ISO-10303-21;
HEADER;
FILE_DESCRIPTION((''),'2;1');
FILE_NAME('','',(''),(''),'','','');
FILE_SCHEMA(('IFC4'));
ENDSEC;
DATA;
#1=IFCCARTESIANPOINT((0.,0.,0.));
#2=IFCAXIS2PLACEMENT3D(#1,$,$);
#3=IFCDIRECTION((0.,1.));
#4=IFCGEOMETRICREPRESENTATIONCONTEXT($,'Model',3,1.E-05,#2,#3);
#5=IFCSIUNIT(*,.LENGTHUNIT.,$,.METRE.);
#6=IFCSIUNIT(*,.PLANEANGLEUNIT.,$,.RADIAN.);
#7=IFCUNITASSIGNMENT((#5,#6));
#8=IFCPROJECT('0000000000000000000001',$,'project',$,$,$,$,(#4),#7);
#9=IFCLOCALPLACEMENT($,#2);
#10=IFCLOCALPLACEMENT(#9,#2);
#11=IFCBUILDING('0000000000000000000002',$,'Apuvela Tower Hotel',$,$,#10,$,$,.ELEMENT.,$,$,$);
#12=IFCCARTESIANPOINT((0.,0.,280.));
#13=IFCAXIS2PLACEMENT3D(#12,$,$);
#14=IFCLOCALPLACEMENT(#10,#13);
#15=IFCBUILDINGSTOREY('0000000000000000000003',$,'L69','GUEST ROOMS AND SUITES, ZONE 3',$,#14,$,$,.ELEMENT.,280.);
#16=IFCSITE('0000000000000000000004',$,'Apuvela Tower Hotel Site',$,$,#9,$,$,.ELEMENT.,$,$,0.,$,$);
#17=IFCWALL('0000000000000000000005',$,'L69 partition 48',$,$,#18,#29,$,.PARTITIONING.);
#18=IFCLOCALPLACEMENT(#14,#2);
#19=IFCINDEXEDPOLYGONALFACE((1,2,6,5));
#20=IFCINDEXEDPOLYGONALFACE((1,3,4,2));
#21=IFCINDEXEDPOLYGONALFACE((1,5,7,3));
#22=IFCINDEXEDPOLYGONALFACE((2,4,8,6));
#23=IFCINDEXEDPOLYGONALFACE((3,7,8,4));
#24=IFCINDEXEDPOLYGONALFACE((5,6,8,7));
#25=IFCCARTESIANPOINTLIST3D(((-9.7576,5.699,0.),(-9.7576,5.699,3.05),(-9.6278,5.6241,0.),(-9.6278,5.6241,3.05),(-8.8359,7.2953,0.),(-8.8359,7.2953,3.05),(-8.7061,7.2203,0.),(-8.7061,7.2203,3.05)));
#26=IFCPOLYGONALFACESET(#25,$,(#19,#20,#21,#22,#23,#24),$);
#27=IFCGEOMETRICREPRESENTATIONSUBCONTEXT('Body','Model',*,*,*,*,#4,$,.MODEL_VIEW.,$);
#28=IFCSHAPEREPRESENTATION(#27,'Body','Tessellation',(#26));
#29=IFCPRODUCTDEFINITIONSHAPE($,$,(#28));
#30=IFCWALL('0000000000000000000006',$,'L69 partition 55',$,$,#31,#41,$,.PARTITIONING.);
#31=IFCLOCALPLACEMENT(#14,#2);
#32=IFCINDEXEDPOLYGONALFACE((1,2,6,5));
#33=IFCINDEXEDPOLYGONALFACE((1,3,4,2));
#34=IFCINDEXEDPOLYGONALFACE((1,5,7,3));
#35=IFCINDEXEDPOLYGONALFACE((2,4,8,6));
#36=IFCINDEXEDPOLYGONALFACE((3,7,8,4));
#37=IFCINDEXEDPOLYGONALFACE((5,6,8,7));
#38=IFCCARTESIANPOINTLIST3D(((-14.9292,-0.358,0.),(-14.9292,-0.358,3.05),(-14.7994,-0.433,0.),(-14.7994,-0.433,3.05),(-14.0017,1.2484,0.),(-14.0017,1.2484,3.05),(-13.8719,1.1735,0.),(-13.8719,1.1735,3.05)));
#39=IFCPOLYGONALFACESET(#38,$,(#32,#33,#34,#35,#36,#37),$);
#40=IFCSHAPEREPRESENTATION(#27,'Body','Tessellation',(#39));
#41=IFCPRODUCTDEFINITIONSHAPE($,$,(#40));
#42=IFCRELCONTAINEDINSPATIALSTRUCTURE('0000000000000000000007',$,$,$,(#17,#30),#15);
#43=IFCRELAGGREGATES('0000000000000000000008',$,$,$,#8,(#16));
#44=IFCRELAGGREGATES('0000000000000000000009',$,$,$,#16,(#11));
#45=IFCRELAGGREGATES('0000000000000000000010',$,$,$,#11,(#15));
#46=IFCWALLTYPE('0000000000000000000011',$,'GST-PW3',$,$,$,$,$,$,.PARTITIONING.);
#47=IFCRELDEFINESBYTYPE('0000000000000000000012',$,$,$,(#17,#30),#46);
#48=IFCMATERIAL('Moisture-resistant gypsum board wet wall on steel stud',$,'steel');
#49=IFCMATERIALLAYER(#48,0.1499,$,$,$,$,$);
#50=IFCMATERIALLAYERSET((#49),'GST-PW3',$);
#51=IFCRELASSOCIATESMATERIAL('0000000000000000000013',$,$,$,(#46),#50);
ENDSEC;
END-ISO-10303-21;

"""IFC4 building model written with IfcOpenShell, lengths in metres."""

from ifc_helpers import new_model, si_unit, direction, frame, frame_2d, origin, place, context, subcontext, project, spatial, rectangle, extrude, material, layer, layer_set, type_object, element, save


model = new_model("IFC4")

# Units and contexts
model_context = context("Model", 3, precision=1e-05, world=origin(), true_north=direction((0.0, 1.0)))
body_context = subcontext(model_context, "Body", "Model", "MODEL_VIEW")
ifc_project = project(units=[si_unit("LENGTHUNIT", "METRE"), si_unit("PLANEANGLEUNIT", "RADIAN")], contexts=[model_context])

# Site, building, storey
site_placement = place(None, origin())
site = spatial("IfcSite", under=ifc_project, at=site_placement, Name="Apuvela Tower Hotel Site", CompositionType="ELEMENT", RefElevation=0.0)
building_placement = place(site_placement, origin())
building = spatial("IfcBuilding", under=site, at=building_placement, Name="Apuvela Tower Hotel", CompositionType="ELEMENT")
storey_placement = place(building_placement, frame((0.0, 0.0, 280.0)))
storey = spatial("IfcBuildingStorey", under=building, at=storey_placement, Name="L69", Description="GUEST ROOMS AND SUITES, ZONE 3", CompositionType="ELEMENT", Elevation=280.0)

# Shared definitions
ifc_material_1 = material(Name="Moisture-resistant gypsum board wet wall on steel stud", Category="steel")
ifc_layer_1 = layer(ifc_material_1, 0.1499)
ifc_layer_set_1 = layer_set([ifc_layer_1], Name="GST-PW3")
wall_type_1 = type_object("IfcWallType", Name="GST-PW3", PredefinedType="PARTITIONING", material=ifc_layer_set_1)

# Walls
wall_1_placement = place(storey_placement, frame((-8.771, 7.2578, 0.0), z_axis=(0.0, 0.0, 1.0), x_axis=(-0.500028, -0.866009, 0.0)))
element("IfcWall", 1, at=wall_1_placement, inside=storey, type_object=wall_type_1, Name="L69 partition 48", PredefinedType="PARTITIONING", context=body_context, shape_type="SweptSolid", body=[
    extrude(rectangle(XDim=1.8433, YDim=0.1499, at=frame_2d((0.9216, 0.0))), origin(), (0.0, 0.0, 1.0), 3.05),
])
wall_2_placement = place(storey_placement, frame((-13.9368, 1.2109, 0.0), z_axis=(0.0, 0.0, 1.0), x_axis=(-0.500003, -0.866023, 0.0)))
element("IfcWall", 2, at=wall_2_placement, inside=storey, type_object=wall_type_1, Name="L69 partition 55", PredefinedType="PARTITIONING", context=body_context, shape_type="SweptSolid", body=[
    extrude(rectangle(XDim=1.855, YDim=0.1499, at=frame_2d((0.9275, 0.0))), origin(), (0.0, 0.0, 1.0), 3.05),
])

save(model, "model.ifc")
